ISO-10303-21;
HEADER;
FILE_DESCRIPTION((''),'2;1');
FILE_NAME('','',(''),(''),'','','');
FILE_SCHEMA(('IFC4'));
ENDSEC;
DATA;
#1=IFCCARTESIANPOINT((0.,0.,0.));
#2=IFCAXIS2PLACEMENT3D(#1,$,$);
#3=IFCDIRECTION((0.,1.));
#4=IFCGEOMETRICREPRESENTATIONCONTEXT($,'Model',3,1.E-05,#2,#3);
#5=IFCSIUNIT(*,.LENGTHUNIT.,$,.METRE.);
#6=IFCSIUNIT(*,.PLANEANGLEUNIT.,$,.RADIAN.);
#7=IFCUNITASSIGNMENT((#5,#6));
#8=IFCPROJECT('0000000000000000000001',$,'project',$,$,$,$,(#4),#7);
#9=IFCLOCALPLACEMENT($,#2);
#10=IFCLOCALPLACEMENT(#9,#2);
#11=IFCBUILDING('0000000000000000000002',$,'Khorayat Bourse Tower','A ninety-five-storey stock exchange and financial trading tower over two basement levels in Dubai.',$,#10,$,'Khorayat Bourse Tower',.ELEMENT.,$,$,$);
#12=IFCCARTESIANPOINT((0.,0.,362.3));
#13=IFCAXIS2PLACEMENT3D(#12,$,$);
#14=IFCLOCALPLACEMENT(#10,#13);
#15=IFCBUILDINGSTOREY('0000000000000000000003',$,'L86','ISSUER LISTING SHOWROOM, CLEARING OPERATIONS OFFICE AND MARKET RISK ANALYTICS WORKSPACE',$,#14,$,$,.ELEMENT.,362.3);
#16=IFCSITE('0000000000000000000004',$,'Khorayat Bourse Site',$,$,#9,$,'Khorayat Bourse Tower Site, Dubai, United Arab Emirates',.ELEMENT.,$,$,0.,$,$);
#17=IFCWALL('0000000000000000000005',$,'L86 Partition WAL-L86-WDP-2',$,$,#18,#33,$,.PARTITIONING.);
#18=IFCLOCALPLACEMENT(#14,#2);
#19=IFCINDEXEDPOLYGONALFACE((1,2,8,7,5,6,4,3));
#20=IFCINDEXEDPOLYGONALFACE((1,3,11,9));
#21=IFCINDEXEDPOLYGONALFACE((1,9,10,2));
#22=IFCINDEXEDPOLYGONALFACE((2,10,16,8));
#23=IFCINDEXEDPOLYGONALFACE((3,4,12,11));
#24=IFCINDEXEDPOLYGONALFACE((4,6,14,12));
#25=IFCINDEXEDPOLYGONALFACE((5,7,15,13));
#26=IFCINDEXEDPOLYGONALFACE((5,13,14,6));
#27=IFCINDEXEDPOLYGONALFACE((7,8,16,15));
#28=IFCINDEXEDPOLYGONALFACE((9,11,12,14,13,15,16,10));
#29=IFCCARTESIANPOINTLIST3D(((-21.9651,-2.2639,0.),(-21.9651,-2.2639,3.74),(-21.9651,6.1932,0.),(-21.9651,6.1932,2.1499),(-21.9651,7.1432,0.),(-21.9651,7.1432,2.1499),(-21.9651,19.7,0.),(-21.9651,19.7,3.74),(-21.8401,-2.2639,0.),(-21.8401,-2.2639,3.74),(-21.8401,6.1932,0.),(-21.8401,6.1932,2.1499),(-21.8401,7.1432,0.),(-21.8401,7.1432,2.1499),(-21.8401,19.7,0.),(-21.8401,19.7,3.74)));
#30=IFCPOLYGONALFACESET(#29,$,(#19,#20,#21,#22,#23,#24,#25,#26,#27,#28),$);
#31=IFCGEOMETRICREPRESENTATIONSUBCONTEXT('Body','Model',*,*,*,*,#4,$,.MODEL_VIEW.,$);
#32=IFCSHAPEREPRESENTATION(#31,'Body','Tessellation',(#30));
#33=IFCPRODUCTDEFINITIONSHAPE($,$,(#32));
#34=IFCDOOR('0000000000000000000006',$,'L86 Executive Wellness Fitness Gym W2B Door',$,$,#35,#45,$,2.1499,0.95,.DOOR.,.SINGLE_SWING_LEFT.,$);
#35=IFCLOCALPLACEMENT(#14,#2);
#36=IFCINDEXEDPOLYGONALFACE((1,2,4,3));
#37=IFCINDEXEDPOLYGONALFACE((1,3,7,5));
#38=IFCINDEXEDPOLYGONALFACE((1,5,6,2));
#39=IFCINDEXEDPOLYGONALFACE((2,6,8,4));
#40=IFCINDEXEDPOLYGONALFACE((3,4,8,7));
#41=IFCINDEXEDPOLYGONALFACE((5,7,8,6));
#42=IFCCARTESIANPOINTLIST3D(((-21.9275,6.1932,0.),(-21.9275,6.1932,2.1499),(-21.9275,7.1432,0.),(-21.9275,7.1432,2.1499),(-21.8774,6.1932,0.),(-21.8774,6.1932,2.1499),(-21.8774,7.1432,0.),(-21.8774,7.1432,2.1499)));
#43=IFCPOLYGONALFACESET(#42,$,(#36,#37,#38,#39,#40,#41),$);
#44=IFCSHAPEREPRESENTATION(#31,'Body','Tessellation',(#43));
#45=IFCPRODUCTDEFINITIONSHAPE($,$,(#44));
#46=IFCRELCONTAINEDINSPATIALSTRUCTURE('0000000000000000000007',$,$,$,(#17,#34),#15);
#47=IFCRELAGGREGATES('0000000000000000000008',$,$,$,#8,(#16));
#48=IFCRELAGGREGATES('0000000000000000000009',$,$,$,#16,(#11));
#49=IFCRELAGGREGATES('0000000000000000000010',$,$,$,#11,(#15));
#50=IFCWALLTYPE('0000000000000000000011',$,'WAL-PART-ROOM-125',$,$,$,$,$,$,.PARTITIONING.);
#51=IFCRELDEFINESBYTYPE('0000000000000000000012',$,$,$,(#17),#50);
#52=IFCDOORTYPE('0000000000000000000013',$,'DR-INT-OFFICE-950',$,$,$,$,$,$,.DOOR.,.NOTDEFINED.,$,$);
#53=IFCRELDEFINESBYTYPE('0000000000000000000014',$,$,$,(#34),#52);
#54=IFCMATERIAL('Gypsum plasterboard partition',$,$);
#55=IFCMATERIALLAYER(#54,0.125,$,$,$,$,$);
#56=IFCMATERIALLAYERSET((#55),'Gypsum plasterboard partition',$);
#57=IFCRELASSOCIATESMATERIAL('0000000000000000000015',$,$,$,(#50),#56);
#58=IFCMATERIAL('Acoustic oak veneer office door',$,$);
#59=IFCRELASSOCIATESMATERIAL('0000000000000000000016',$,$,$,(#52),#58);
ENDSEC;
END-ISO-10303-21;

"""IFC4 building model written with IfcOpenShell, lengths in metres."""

from ifc_helpers import new_model, si_unit, direction, frame, frame_2d, origin, place, context, subcontext, project, spatial, rectangle, extrude, source, transform, mapped, material, layer, layer_set, type_object, element, fill, save


model = new_model("IFC4")

# Units and contexts
model_context = context("Model", 3, precision=1e-05, world=origin(), true_north=direction((0.0, 1.0)))
body_context = subcontext(model_context, "Body", "Model", "MODEL_VIEW")
ifc_project = project(units=[si_unit("LENGTHUNIT", "METRE"), si_unit("PLANEANGLEUNIT", "RADIAN")], contexts=[model_context])

# Site, building, storey
site_placement = place(None, origin())
site = spatial("IfcSite", under=ifc_project, at=site_placement, Name="Khorayat Bourse Site", LongName="Khorayat Bourse Tower Site, Dubai, United Arab Emirates", CompositionType="ELEMENT", RefElevation=0.0)
building_placement = place(site_placement, origin())
building = spatial("IfcBuilding", under=site, at=building_placement, Name="Khorayat Bourse Tower", Description="A ninety-five-storey stock exchange and financial trading tower over two basement levels in Dubai.", LongName="Khorayat Bourse Tower", CompositionType="ELEMENT")
storey_placement = place(building_placement, frame((0.0, 0.0, 362.3)))
storey = spatial("IfcBuildingStorey", under=building, at=storey_placement, Name="L86", Description="ISSUER LISTING SHOWROOM, CLEARING OPERATIONS OFFICE AND MARKET RISK ANALYTICS WORKSPACE", CompositionType="ELEMENT", Elevation=362.3)

# Shared definitions
ifc_material_1 = material(Name="Gypsum plasterboard partition")
ifc_layer_1 = layer(ifc_material_1, 0.125)
ifc_layer_set_1 = layer_set([ifc_layer_1], Name="Gypsum plasterboard partition")
wall_type_1 = type_object("IfcWallType", Name="WAL-PART-ROOM-125", PredefinedType="PARTITIONING", material=ifc_layer_set_1)

# Wall, opening, door
shared_shape_1 = source(origin(), body_context, "Body", "SweptSolid", [
    extrude(rectangle(XDim=21.9639, YDim=0.125, at=frame_2d((10.9819, 0.0))), origin(), (0.0, 0.0, 1.0), 3.74),
])
wall_1_placement = place(storey_placement, frame((-21.9026, -2.2639, 0.0), z_axis=(0.0, 0.0, 1.0), x_axis=(0.0, 1.0, 0.0)))
wall_1 = element("IfcWall", 1, at=wall_1_placement, inside=storey, type_object=wall_type_1, Name="L86 Partition WAL-L86-WDP-2", PredefinedType="PARTITIONING", context=body_context, shape_type="MappedRepresentation", body=[
    mapped(shared_shape_1, transform((0.0, 0.0, 0.0), scale=1.0)),
])
shared_shape_2 = source(origin(), body_context, "Body", "SweptSolid", [
    extrude(rectangle(XDim=0.95, YDim=2.1499, at=frame_2d((0.4751, 1.075))), frame((0.0, 0.0725, 0.0), z_axis=(0.0, -1.0, 0.0), x_axis=(1.0, 0.0, 0.0)), (0.0, 0.0, 1.0), 0.145),
])
opening_1_placement = place(wall_1_placement, frame((8.457, 0.0, 0.0)))
opening_1 = element("IfcOpeningElement", 2, at=opening_1_placement, cuts=wall_1, PredefinedType="OPENING", context=body_context, shape_type="MappedRepresentation", body=[
    mapped(shared_shape_2, transform((0.0, 0.0, 0.0), scale=1.0)),
])
ifc_material_2 = material(Name="Acoustic oak veneer office door")
door_type_1 = type_object("IfcDoorType", Name="DR-INT-OFFICE-950", OperationType="NOTDEFINED", PredefinedType="DOOR", material=ifc_material_2)
shared_shape_3 = source(origin(), body_context, "Body", "SweptSolid", [
    extrude(rectangle(XDim=0.95, YDim=2.1499, at=frame_2d((0.4751, 1.075))), frame((0.0, 0.0249, 0.0), z_axis=(0.0, -1.0, 0.0), x_axis=(1.0, 0.0, 0.0)), (0.0, 0.0, 1.0), 0.05),
])
door_1_placement = place(opening_1_placement, origin())
door_1 = element("IfcDoor", 3, at=door_1_placement, inside=storey, type_object=door_type_1, Name="L86 Executive Wellness Fitness Gym W2B Door", OperationType="SINGLE_SWING_LEFT", OverallHeight=2.1499, OverallWidth=0.95, PredefinedType="DOOR", context=body_context, shape_type="MappedRepresentation", body=[
    mapped(shared_shape_3, transform((0.0, 0.0, 0.0), scale=1.0)),
])
fill(opening_1, door_1)

save(model, "model.ifc")
